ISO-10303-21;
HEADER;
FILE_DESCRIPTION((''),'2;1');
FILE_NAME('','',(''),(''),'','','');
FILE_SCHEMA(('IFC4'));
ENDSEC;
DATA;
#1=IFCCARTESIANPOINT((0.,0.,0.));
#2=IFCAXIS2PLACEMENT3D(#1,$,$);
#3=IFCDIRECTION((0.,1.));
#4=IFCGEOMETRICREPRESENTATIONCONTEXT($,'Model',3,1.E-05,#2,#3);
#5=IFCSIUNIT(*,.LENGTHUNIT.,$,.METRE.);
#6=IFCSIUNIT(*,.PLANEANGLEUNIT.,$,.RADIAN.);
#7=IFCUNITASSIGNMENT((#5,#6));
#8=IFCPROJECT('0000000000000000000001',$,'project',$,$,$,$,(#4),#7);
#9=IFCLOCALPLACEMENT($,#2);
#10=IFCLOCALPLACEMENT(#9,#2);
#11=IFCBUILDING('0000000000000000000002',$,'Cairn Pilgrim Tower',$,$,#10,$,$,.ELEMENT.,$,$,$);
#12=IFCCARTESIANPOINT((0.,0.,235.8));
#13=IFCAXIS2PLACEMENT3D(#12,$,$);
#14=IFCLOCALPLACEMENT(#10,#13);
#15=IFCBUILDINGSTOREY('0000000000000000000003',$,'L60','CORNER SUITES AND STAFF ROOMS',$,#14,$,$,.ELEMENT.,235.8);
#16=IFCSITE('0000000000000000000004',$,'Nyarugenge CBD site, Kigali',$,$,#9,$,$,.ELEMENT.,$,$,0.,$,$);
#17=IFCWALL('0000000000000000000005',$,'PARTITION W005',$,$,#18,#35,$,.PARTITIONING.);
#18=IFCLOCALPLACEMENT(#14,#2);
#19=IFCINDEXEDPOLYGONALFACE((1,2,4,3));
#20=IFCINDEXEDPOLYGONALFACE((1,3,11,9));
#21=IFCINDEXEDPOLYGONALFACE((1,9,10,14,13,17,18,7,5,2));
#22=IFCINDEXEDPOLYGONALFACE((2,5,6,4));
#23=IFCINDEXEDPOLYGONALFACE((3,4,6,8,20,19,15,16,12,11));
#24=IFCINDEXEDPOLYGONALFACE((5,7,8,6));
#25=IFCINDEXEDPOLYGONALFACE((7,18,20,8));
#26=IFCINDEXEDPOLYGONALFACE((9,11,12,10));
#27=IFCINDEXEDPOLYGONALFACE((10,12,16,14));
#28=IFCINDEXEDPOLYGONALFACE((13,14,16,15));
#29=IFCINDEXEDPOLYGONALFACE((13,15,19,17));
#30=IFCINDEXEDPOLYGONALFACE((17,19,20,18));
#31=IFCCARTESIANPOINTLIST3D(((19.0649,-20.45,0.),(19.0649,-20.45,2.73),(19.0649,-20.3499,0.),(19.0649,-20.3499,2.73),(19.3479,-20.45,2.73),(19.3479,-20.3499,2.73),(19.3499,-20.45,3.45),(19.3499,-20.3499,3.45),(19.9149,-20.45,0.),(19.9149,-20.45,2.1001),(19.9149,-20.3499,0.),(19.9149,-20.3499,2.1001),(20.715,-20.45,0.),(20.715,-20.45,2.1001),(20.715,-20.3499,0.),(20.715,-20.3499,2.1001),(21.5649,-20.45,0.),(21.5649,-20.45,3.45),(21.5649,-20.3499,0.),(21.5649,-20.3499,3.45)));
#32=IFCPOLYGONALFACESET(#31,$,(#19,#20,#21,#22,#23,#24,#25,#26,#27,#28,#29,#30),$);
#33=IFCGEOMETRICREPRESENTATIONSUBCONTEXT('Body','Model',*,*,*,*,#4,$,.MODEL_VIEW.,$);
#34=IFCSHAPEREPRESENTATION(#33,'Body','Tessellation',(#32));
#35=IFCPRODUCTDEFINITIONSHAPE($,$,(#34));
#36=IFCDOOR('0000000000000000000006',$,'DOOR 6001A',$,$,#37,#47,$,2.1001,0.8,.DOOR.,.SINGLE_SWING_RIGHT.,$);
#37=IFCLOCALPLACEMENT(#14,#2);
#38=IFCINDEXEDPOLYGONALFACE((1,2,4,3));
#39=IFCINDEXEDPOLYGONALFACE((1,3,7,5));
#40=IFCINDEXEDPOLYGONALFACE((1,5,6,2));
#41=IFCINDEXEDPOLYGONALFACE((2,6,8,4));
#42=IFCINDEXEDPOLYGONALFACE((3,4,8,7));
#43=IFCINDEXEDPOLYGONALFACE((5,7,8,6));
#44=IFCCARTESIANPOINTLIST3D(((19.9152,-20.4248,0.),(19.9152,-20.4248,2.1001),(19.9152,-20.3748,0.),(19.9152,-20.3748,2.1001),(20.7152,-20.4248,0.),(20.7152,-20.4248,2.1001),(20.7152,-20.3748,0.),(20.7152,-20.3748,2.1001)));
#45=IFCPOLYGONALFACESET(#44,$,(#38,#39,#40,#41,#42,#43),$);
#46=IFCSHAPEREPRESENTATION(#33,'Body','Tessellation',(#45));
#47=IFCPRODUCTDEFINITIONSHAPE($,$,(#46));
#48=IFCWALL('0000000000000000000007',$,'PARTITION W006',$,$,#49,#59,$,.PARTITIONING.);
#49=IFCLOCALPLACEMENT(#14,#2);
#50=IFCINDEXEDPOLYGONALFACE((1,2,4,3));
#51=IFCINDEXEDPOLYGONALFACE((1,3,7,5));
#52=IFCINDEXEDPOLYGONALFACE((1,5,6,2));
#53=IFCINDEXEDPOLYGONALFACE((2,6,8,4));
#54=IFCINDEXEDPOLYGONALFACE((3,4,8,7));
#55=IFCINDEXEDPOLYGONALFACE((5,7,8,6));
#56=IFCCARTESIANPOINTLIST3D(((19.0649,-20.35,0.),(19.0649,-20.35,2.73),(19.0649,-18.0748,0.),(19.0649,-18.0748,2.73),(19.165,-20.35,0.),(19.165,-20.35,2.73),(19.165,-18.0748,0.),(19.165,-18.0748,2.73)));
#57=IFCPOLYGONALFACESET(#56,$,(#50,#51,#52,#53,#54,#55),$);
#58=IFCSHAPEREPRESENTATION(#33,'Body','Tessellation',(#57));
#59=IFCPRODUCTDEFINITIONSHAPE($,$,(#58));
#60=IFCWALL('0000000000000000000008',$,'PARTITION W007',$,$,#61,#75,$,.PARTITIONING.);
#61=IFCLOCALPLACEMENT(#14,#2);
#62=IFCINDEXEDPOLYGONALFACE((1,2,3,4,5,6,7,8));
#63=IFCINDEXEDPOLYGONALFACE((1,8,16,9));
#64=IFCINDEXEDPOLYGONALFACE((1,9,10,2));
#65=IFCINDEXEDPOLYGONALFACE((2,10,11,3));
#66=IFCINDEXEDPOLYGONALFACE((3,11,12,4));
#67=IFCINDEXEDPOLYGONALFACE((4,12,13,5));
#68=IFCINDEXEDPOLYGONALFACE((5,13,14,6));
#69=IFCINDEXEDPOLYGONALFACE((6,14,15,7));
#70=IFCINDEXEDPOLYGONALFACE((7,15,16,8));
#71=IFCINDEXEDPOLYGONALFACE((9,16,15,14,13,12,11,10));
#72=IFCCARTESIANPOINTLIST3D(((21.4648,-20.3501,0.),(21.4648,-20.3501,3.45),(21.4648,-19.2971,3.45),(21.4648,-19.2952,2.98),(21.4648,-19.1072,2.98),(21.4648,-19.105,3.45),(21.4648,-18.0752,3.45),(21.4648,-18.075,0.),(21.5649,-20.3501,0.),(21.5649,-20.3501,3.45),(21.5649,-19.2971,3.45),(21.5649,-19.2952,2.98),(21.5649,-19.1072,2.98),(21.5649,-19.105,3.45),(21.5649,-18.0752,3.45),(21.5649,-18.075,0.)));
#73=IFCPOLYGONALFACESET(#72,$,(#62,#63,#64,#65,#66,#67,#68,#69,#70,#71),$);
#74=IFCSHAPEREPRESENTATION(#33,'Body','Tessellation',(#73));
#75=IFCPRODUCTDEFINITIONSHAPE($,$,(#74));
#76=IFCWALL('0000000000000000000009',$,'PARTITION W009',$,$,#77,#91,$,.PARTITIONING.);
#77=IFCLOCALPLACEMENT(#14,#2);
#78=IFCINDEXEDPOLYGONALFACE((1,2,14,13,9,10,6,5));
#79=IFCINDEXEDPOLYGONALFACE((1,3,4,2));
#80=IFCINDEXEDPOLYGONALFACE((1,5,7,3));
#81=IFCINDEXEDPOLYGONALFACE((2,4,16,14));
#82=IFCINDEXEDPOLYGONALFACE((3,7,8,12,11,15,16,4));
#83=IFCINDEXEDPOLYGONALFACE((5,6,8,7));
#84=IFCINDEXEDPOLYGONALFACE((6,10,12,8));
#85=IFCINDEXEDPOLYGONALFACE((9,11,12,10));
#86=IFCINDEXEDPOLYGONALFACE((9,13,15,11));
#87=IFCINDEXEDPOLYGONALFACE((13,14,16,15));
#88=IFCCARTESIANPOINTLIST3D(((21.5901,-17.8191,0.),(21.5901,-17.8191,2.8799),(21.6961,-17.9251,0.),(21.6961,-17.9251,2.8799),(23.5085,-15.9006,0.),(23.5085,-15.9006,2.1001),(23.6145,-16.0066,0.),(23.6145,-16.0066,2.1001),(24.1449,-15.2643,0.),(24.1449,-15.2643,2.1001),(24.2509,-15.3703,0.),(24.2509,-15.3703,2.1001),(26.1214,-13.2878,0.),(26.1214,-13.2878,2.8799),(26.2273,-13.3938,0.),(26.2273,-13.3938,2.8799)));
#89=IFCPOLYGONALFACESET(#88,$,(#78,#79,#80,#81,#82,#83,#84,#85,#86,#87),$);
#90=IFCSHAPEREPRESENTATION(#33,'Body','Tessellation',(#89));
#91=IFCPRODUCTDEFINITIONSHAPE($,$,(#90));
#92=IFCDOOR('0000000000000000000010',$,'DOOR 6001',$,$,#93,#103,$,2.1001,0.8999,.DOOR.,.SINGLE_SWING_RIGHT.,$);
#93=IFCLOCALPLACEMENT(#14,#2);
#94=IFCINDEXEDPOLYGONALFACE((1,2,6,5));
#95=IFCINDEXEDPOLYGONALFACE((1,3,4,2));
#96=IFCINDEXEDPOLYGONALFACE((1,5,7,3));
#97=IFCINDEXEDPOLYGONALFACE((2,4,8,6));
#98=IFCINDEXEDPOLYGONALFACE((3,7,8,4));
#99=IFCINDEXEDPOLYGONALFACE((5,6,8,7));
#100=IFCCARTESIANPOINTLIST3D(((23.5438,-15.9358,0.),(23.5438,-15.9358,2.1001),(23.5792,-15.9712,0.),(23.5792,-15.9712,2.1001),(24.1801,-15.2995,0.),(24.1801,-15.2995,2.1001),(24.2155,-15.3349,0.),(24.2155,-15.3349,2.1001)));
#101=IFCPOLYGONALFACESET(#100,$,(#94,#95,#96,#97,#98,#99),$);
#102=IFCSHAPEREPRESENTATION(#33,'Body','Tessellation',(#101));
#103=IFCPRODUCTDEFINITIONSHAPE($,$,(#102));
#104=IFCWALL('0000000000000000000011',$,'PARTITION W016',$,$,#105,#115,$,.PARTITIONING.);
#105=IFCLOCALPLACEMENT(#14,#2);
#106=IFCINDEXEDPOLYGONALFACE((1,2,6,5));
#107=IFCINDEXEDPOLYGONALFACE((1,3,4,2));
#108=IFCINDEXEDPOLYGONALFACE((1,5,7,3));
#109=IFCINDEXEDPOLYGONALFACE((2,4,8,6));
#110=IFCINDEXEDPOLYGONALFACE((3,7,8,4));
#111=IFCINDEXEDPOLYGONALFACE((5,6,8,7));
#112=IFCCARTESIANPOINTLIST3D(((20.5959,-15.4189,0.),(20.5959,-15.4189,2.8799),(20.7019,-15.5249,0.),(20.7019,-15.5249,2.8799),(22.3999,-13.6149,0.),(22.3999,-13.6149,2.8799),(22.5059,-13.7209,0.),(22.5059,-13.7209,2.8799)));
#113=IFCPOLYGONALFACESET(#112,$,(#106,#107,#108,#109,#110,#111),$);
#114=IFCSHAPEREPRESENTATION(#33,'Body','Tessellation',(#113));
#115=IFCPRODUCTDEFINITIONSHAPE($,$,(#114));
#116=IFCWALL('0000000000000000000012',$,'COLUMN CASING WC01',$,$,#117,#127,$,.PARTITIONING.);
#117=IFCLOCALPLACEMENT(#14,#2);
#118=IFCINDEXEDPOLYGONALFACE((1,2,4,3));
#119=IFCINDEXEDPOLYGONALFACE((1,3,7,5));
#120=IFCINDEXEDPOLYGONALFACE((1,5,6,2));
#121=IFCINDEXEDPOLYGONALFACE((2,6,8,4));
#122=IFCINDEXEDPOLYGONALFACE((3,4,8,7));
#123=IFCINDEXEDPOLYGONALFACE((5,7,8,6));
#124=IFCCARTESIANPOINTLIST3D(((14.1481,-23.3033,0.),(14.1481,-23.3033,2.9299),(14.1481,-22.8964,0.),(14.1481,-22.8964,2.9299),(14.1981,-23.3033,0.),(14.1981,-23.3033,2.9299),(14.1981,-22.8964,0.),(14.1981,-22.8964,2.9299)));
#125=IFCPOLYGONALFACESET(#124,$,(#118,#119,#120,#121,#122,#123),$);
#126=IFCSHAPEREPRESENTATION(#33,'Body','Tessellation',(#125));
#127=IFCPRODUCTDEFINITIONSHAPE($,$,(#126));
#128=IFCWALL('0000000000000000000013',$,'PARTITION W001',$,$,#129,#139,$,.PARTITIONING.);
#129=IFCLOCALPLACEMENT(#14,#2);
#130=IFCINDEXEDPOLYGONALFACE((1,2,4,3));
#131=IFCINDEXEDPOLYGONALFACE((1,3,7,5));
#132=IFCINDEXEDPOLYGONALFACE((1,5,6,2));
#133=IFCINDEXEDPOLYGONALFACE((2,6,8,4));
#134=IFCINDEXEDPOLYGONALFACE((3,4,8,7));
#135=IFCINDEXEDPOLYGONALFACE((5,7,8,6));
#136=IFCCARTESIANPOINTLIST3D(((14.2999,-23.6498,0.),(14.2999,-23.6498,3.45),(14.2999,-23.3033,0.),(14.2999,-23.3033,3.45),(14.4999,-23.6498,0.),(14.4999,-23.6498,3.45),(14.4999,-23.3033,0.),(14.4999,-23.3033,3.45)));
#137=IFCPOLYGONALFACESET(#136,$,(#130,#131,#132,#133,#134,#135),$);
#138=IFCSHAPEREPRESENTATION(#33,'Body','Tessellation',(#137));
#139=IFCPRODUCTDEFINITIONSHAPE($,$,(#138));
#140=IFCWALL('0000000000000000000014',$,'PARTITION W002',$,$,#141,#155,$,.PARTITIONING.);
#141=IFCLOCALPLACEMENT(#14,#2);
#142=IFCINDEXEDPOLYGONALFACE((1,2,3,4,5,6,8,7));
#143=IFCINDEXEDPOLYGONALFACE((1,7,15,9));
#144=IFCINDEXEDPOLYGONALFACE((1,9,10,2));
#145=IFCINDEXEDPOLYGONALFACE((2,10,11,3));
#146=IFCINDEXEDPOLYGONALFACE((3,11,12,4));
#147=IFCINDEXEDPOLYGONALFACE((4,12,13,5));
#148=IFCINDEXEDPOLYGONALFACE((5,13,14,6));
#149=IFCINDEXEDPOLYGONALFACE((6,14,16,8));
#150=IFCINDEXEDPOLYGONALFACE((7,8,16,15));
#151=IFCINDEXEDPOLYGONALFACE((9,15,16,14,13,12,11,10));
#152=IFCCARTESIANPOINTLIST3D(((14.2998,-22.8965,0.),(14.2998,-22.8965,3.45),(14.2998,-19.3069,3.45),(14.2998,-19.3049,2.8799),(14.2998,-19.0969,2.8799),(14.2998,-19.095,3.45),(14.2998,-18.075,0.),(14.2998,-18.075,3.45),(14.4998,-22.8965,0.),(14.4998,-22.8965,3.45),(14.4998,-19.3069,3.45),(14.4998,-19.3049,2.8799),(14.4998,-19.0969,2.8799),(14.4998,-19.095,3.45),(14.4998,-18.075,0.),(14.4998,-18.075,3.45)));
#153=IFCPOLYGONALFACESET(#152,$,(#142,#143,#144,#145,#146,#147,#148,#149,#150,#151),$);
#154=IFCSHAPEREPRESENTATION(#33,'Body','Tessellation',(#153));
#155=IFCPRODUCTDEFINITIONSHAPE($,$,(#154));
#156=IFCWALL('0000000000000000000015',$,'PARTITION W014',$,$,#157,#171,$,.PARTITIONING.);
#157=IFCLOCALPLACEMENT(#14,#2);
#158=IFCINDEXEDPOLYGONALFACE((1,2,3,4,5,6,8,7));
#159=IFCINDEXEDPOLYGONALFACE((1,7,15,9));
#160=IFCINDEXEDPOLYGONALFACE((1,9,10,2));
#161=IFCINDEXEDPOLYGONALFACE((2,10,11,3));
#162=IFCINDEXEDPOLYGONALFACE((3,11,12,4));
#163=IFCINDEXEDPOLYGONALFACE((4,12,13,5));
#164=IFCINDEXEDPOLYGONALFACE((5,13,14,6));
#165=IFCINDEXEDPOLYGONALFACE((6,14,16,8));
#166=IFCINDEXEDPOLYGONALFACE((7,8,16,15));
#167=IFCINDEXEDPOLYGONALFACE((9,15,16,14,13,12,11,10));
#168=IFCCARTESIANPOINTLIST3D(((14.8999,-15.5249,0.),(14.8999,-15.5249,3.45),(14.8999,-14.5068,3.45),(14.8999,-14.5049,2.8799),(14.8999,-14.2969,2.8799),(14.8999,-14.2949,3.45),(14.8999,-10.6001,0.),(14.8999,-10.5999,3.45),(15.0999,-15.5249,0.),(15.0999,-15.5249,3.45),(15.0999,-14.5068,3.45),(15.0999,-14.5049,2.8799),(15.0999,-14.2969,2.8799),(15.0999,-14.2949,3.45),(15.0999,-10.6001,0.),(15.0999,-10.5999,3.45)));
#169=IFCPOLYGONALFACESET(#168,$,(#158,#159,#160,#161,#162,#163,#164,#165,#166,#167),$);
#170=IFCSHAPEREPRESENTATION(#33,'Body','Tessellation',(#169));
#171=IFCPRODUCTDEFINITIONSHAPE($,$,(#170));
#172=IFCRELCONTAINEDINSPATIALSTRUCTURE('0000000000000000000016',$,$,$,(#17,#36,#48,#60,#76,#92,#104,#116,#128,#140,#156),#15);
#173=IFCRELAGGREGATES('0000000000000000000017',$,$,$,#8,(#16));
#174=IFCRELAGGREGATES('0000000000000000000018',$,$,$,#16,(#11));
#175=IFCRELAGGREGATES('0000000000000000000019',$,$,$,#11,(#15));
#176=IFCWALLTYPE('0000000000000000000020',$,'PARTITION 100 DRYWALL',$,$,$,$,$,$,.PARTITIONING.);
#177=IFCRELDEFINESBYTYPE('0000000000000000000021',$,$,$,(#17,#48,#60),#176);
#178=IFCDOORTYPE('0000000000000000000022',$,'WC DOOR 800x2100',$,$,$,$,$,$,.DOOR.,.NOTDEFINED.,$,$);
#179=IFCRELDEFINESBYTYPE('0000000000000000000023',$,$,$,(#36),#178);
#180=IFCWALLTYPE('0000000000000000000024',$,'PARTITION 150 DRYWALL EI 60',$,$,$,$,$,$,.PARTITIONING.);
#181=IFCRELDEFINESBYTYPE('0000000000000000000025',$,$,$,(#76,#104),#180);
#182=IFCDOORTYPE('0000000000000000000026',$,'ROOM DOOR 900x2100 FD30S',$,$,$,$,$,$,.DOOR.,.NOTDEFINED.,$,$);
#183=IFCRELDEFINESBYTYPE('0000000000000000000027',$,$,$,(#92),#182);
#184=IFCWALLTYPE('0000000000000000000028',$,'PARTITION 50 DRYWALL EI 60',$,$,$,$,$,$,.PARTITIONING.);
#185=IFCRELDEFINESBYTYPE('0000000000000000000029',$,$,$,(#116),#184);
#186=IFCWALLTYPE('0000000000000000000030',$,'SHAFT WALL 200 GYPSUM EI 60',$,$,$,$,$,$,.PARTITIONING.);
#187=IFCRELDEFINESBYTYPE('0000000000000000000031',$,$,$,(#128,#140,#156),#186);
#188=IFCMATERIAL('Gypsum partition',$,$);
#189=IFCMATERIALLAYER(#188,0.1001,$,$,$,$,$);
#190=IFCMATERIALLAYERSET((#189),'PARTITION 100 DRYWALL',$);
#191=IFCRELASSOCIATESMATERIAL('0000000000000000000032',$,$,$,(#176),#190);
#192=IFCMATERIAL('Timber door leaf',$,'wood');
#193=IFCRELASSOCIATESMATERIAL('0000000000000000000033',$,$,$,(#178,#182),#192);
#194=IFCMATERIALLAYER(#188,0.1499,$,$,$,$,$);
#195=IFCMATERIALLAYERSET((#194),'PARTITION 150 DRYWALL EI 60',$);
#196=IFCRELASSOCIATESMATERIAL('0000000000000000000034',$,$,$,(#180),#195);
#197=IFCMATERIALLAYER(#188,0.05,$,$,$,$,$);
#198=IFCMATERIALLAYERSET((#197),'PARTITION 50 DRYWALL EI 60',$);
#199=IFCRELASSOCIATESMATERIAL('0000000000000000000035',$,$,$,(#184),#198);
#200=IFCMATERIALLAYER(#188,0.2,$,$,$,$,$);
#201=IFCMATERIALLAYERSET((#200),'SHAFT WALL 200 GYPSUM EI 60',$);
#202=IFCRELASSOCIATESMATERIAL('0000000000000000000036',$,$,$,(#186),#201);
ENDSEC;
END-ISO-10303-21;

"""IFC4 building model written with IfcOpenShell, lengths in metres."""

from ifc_helpers import new_model, si_unit, direction, frame, frame_2d, origin, place, context, subcontext, project, spatial, polyline, rectangle, outline, extrude, material, layer, layer_set, type_object, element, fill, save


model = new_model("IFC4")

# Units and contexts
model_context = context("Model", 3, precision=1e-05, world=origin(), true_north=direction((0.0, 1.0)))
body_context = subcontext(model_context, "Body", "Model", "MODEL_VIEW")
ifc_project = project(units=[si_unit("LENGTHUNIT", "METRE"), si_unit("PLANEANGLEUNIT", "RADIAN")], contexts=[model_context])

# Site, building, storey
site_placement = place(None, origin())
site = spatial("IfcSite", under=ifc_project, at=site_placement, Name="Nyarugenge CBD site, Kigali", CompositionType="ELEMENT", RefElevation=0.0)
building_placement = place(site_placement, origin())
building = spatial("IfcBuilding", under=site, at=building_placement, Name="Cairn Pilgrim Tower", CompositionType="ELEMENT")
storey_placement = place(building_placement, frame((0.0, 0.0, 235.8)))
storey = spatial("IfcBuildingStorey", under=building, at=storey_placement, Name="L60", Description="CORNER SUITES AND STAFF ROOMS", CompositionType="ELEMENT", Elevation=235.8)

# Wall, opening, door
ifc_material_1 = material(Name="Gypsum partition")
ifc_layer_1 = layer(ifc_material_1, 0.1001)
ifc_layer_set_1 = layer_set([ifc_layer_1], Name="PARTITION 100 DRYWALL")
wall_type_1 = type_object("IfcWallType", Name="PARTITION 100 DRYWALL", PredefinedType="PARTITIONING", material=ifc_layer_set_1)
wall_1_placement = place(storey_placement, frame((19.0649, -20.3999, 0.0), z_axis=(0.0, 0.0, 1.0), x_axis=(1.0, 0.0, 0.0)))
wall_1 = element("IfcWall", 1, at=wall_1_placement, inside=storey, type_object=wall_type_1, Name="PARTITION W005", PredefinedType="PARTITIONING", context=body_context, shape_type="SweptSolid", body=[
    extrude(outline(polyline([(0.0, 0.0), (2.5, 0.0), (2.5, 3.45), (0.2849, 3.45), (0.283, 2.73), (0.0, 2.73), (0.0, 0.0)])), frame((0.0, 0.05, 0.0), z_axis=(0.0, -1.0, 0.0), x_axis=(1.0, 0.0, 0.0)), (0.0, 0.0, 1.0), 0.1001),
])
opening_1_placement = place(wall_1_placement, frame((0.8501, 0.0, 0.0)))
opening_1 = element("IfcOpeningElement", 2, at=opening_1_placement, cuts=wall_1, PredefinedType="OPENING", context=body_context, shape_type="SweptSolid", body=[
    extrude(rectangle(XDim=0.8, YDim=2.1001, at=frame_2d((0.3999, 1.05))), frame((0.0, 0.0601, 0.0), z_axis=(0.0, -1.0, 0.0), x_axis=(1.0, 0.0, 0.0)), (0.0, 0.0, 1.0), 0.1201),
])
ifc_material_2 = material(Name="Timber door leaf", Category="wood")
door_type_1 = type_object("IfcDoorType", Name="WC DOOR 800x2100", OperationType="NOTDEFINED", PredefinedType="DOOR", material=ifc_material_2)
door_1_placement = place(opening_1_placement, frame((0.8, 0.0, 0.0), z_axis=(0.0, 0.0, 1.0), x_axis=(-1.0, 0.0, 0.0)))
door_1 = element("IfcDoor", 3, at=door_1_placement, inside=storey, type_object=door_type_1, Name="DOOR 6001A", OperationType="SINGLE_SWING_RIGHT", OverallHeight=2.1001, OverallWidth=0.8, PredefinedType="DOOR", context=body_context, shape_type="SweptSolid", body=[
    extrude(rectangle(XDim=0.8, YDim=2.1001, at=frame_2d((0.3999, 1.05))), frame((0.0, 0.0249, 0.0), z_axis=(0.0, -1.0, 0.0), x_axis=(1.0, 0.0, 0.0)), (0.0, 0.0, 1.0), 0.05),
])
fill(opening_1, door_1)

# Walls
wall_2_placement = place(storey_placement, frame((19.115, -20.3501, 0.0), z_axis=(0.0, 0.0, 1.0), x_axis=(0.0, 1.0, 0.0)))
element("IfcWall", 4, at=wall_2_placement, inside=storey, type_object=wall_type_1, Name="PARTITION W006", PredefinedType="PARTITIONING", context=body_context, shape_type="SweptSolid", body=[
    extrude(rectangle(XDim=2.2751, YDim=0.1001, at=frame_2d((1.1377, 0.0))), origin(), (0.0, 0.0, 1.0), 2.73),
])
wall_3_placement = place(storey_placement, frame((21.5149, -20.3501, 0.0), z_axis=(0.0, 0.0, 1.0), x_axis=(0.0, 1.0, 0.0)))
element("IfcWall", 5, at=wall_3_placement, inside=storey, type_object=wall_type_1, Name="PARTITION W007", PredefinedType="PARTITIONING", context=body_context, shape_type="SweptSolid", body=[
    extrude(outline(polyline([(0.0, 0.0), (2.2751, 0.0), (2.2749, 3.45), (1.2451, 3.45), (1.2429, 2.98), (1.0549, 2.98), (1.053, 3.45), (0.0, 3.45), (0.0, 0.0)])), frame((0.0, 0.05, 0.0), z_axis=(0.0, -1.0, 0.0), x_axis=(1.0, 0.0, 0.0)), (0.0, 0.0, 1.0), 0.1001),
])

# Wall, opening, door
ifc_layer_2 = layer(ifc_material_1, 0.1499)
ifc_layer_set_2 = layer_set([ifc_layer_2], Name="PARTITION 150 DRYWALL EI 60")
wall_type_2 = type_object("IfcWallType", Name="PARTITION 150 DRYWALL EI 60", PredefinedType="PARTITIONING", material=ifc_layer_set_2)
wall_4_placement = place(storey_placement, frame((21.6431, -17.8721, 0.0), z_axis=(0.0, 0.0, 1.0), x_axis=(0.707107, 0.707107, 0.0)))
wall_4 = element("IfcWall", 6, at=wall_4_placement, inside=storey, type_object=wall_type_2, Name="PARTITION W009", PredefinedType="PARTITIONING", context=body_context, shape_type="SweptSolid", body=[
    extrude(rectangle(XDim=6.4082, YDim=0.1499, at=frame_2d((3.2041, 0.0))), origin(), (0.0, 0.0, 1.0), 2.8799),
])
opening_2_placement = place(wall_4_placement, frame((2.7131, 0.0, 0.0)))
opening_2 = element("IfcOpeningElement", 7, at=opening_2_placement, cuts=wall_4, PredefinedType="OPENING", context=body_context, shape_type="SweptSolid", body=[
    extrude(rectangle(XDim=0.8999, YDim=2.1001, at=frame_2d((0.45, 1.05))), frame((0.0, 0.085, 0.0), z_axis=(0.0, -1.0, 0.0), x_axis=(1.0, 0.0, 0.0)), (0.0, 0.0, 1.0), 0.1699),
])
door_type_2 = type_object("IfcDoorType", Name="ROOM DOOR 900x2100 FD30S", OperationType="NOTDEFINED", PredefinedType="DOOR", material=ifc_material_2)
door_2_placement = place(opening_2_placement, frame((0.8999, 0.0, 0.0), z_axis=(0.0, 0.0, 1.0), x_axis=(-1.0, 0.0, 0.0)))
door_2 = element("IfcDoor", 8, at=door_2_placement, inside=storey, type_object=door_type_2, Name="DOOR 6001", OperationType="SINGLE_SWING_RIGHT", OverallHeight=2.1001, OverallWidth=0.8999, PredefinedType="DOOR", context=body_context, shape_type="SweptSolid", body=[
    extrude(rectangle(XDim=0.8999, YDim=2.1001, at=frame_2d((0.45, 1.05))), frame((0.0, 0.0249, 0.0), z_axis=(0.0, -1.0, 0.0), x_axis=(1.0, 0.0, 0.0)), (0.0, 0.0, 1.0), 0.05),
])
fill(opening_2, door_2)

# Walls
wall_5_placement = place(storey_placement, frame((20.6489, -15.4719, 0.0), z_axis=(0.0, 0.0, 1.0), x_axis=(0.707107, 0.707107, 0.0)))
element("IfcWall", 9, at=wall_5_placement, inside=storey, type_object=wall_type_2, Name="PARTITION W016", PredefinedType="PARTITIONING", context=body_context, shape_type="SweptSolid", body=[
    extrude(rectangle(XDim=2.5513, YDim=0.1499, at=frame_2d((1.2756, 0.0))), origin(), (0.0, 0.0, 1.0), 2.8799),
])
ifc_layer_3 = layer(ifc_material_1, 0.05)
ifc_layer_set_3 = layer_set([ifc_layer_3], Name="PARTITION 50 DRYWALL EI 60")
wall_type_3 = type_object("IfcWallType", Name="PARTITION 50 DRYWALL EI 60", PredefinedType="PARTITIONING", material=ifc_layer_set_3)
wall_6_placement = place(storey_placement, frame((14.1731, -23.3035, 0.0), z_axis=(0.0, 0.0, 1.0), x_axis=(0.0, 1.0, 0.0)))
element("IfcWall", 10, at=wall_6_placement, inside=storey, type_object=wall_type_3, Name="COLUMN CASING WC01", PredefinedType="PARTITIONING", context=body_context, shape_type="SweptSolid", body=[
    extrude(rectangle(XDim=0.407, YDim=0.05, at=frame_2d((0.2036, 0.0))), origin(), (0.0, 0.0, 1.0), 2.9299),
])
ifc_layer_4 = layer(ifc_material_1, 0.2)
ifc_layer_set_4 = layer_set([ifc_layer_4], Name="SHAFT WALL 200 GYPSUM EI 60")
wall_type_4 = type_object("IfcWallType", Name="SHAFT WALL 200 GYPSUM EI 60", PredefinedType="PARTITIONING", material=ifc_layer_set_4)
wall_7_placement = place(storey_placement, frame((14.3999, -23.6499, 0.0), z_axis=(0.0, 0.0, 1.0), x_axis=(0.0, 1.0, 0.0)))
element("IfcWall", 11, at=wall_7_placement, inside=storey, type_object=wall_type_4, Name="PARTITION W001", PredefinedType="PARTITIONING", context=body_context, shape_type="SweptSolid", body=[
    extrude(rectangle(XDim=0.3464, YDim=0.2, at=frame_2d((0.1733, 0.0))), origin(), (0.0, 0.0, 1.0), 3.45),
])
wall_8_placement = place(storey_placement, frame((14.3999, -22.8965, 0.0), z_axis=(0.0, 0.0, 1.0), x_axis=(0.0, 1.0, 0.0)))
element("IfcWall", 12, at=wall_8_placement, inside=storey, type_object=wall_type_4, Name="PARTITION W002", PredefinedType="PARTITIONING", context=body_context, shape_type="SweptSolid", body=[
    extrude(outline(polyline([(0.0, 0.0), (4.8215, 0.0), (4.8215, 3.45), (3.8015, 3.45), (3.7996, 2.8799), (3.5916, 2.8799), (3.5896, 3.45), (0.0, 3.45), (0.0, 0.0)])), frame((0.0, 0.1001, 0.0), z_axis=(0.0, -1.0, 0.0), x_axis=(1.0, 0.0, 0.0)), (0.0, 0.0, 1.0), 0.2),
])
wall_9_placement = place(storey_placement, frame((15.0, -15.5249, 0.0), z_axis=(0.0, 0.0, 1.0), x_axis=(0.0, 1.0, 0.0)))
element("IfcWall", 13, at=wall_9_placement, inside=storey, type_object=wall_type_4, Name="PARTITION W014", PredefinedType="PARTITIONING", context=body_context, shape_type="SweptSolid", body=[
    extrude(outline(polyline([(0.0, 0.0), (4.9248, 0.0), (4.925, 3.45), (1.23, 3.45), (1.228, 2.8799), (1.02, 2.8799), (1.0181, 3.45), (0.0, 3.45), (0.0, 0.0)])), frame((0.0, 0.1001, 0.0), z_axis=(0.0, -1.0, 0.0), x_axis=(1.0, 0.0, 0.0)), (0.0, 0.0, 1.0), 0.2),
])

save(model, "model.ifc")
